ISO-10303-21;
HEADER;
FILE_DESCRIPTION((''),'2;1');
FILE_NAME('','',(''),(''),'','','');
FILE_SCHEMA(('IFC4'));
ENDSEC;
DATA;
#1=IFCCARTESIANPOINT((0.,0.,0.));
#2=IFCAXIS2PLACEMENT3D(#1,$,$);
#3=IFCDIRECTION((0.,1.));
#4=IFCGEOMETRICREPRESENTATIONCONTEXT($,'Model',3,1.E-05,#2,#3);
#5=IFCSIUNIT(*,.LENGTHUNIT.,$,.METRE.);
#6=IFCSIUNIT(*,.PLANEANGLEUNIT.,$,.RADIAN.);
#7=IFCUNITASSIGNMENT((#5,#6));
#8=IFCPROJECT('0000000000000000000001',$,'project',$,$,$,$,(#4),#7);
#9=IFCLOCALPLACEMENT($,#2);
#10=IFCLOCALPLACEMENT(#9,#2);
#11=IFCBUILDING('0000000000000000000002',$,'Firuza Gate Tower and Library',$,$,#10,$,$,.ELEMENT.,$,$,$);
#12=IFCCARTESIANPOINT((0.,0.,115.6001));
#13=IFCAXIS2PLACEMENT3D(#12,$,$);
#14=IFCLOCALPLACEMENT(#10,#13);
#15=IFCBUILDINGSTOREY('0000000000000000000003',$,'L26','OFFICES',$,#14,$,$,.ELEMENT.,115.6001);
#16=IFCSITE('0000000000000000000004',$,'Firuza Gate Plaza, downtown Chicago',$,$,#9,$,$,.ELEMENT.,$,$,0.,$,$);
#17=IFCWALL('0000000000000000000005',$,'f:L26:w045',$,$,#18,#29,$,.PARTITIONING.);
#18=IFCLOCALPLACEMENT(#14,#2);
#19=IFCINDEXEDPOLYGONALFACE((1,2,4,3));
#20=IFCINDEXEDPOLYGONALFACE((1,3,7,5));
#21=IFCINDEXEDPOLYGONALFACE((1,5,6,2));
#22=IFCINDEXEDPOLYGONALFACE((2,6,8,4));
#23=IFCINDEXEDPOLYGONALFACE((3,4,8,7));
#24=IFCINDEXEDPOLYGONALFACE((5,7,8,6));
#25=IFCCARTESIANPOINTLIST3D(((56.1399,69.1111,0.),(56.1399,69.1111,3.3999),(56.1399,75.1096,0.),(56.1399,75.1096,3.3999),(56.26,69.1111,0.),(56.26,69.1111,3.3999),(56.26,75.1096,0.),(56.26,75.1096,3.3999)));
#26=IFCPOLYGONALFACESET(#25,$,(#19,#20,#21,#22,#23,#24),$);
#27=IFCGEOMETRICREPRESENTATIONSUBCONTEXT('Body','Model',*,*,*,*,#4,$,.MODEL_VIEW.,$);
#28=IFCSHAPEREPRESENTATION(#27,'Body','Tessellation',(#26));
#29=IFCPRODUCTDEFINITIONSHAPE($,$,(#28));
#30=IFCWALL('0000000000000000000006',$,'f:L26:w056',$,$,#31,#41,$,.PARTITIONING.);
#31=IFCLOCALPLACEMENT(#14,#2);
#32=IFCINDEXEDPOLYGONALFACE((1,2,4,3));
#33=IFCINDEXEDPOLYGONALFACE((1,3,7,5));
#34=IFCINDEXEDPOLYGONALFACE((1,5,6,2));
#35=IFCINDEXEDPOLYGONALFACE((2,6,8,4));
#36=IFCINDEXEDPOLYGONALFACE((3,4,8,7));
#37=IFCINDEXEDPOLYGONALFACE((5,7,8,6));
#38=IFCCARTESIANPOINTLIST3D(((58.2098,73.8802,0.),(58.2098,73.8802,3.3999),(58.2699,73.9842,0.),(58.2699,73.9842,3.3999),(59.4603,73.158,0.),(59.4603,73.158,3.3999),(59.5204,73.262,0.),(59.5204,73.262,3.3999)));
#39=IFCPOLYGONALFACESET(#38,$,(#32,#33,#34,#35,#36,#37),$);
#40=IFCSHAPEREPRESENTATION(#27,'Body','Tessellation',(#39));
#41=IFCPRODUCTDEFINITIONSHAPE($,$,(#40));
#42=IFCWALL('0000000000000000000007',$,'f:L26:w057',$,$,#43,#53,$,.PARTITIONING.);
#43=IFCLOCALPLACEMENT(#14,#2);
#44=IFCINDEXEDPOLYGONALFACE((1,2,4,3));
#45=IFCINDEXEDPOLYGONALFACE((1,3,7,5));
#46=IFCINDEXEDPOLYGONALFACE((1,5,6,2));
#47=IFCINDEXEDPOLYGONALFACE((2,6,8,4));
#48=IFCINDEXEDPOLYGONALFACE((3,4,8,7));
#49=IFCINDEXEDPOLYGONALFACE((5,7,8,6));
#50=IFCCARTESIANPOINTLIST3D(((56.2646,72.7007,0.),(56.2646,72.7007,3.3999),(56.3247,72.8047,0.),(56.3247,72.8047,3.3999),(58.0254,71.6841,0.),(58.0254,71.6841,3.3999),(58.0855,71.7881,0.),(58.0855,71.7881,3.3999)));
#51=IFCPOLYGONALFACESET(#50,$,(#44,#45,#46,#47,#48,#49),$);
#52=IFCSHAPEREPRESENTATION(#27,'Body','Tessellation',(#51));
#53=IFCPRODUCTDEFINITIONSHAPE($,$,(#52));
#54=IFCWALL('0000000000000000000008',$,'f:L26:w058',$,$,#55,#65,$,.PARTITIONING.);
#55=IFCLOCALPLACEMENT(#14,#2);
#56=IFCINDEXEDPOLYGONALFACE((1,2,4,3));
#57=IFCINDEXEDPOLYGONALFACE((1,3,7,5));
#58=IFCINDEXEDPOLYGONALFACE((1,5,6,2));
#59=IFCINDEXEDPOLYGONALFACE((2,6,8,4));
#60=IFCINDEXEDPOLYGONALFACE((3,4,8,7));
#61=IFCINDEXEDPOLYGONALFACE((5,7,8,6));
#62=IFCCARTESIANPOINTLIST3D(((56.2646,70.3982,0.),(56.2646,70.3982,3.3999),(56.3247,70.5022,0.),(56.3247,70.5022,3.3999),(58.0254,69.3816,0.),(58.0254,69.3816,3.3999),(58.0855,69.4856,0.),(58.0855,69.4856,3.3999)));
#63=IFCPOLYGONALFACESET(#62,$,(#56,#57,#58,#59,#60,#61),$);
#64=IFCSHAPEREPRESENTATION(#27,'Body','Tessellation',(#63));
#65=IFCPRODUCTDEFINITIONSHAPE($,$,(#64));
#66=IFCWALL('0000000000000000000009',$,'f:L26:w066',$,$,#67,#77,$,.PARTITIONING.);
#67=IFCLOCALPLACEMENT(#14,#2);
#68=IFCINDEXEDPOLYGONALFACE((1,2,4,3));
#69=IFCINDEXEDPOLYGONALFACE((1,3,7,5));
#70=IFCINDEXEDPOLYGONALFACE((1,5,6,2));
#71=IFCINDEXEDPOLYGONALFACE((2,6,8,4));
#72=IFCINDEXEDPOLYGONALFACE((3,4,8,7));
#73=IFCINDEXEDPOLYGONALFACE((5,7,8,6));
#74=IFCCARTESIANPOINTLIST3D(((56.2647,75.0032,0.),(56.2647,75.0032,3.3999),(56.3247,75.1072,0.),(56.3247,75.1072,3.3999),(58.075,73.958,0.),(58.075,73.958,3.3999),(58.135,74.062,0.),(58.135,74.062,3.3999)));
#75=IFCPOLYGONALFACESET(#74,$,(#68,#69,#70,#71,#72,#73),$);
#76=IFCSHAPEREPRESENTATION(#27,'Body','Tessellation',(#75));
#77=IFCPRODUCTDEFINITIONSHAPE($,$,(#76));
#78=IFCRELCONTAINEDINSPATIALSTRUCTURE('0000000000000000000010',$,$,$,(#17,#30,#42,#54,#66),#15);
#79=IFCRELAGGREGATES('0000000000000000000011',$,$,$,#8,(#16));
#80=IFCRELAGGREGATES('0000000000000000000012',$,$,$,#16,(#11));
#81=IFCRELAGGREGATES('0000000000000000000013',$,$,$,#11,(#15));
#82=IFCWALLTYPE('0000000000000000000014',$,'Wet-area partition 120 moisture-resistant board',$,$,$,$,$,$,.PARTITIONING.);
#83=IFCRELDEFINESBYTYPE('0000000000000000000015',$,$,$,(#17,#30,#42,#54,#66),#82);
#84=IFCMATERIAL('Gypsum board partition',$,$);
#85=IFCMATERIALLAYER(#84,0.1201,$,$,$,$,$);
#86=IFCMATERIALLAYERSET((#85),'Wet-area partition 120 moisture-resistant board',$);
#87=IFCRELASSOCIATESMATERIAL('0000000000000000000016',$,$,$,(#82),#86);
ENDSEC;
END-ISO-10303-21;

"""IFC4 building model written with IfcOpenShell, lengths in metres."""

from ifc_helpers import new_model, si_unit, direction, frame, frame_2d, origin, place, context, subcontext, project, spatial, rectangle, extrude, material, layer, layer_set, type_object, element, save


model = new_model("IFC4")

# Units and contexts
model_context = context("Model", 3, precision=1e-05, world=origin(), true_north=direction((0.0, 1.0)))
body_context = subcontext(model_context, "Body", "Model", "MODEL_VIEW")
ifc_project = project(units=[si_unit("LENGTHUNIT", "METRE"), si_unit("PLANEANGLEUNIT", "RADIAN")], contexts=[model_context])

# Site, building, storey
site_placement = place(None, origin())
site = spatial("IfcSite", under=ifc_project, at=site_placement, Name="Firuza Gate Plaza, downtown Chicago", CompositionType="ELEMENT", RefElevation=0.0)
building_placement = place(site_placement, origin())
building = spatial("IfcBuilding", under=site, at=building_placement, Name="Firuza Gate Tower and Library", CompositionType="ELEMENT")
storey_placement = place(building_placement, frame((0.0, 0.0, 115.6001)))
storey = spatial("IfcBuildingStorey", under=building, at=storey_placement, Name="L26", Description="OFFICES", CompositionType="ELEMENT", Elevation=115.6001)

# Shared definitions
ifc_material_1 = material(Name="Gypsum board partition")
ifc_layer_1 = layer(ifc_material_1, 0.1201)
ifc_layer_set_1 = layer_set([ifc_layer_1], Name="Wet-area partition 120 moisture-resistant board")
wall_type_1 = type_object("IfcWallType", Name="Wet-area partition 120 moisture-resistant board", PredefinedType="PARTITIONING", material=ifc_layer_set_1)

# Walls
wall_1_placement = place(storey_placement, frame((56.2, 69.1111, 0.0), z_axis=(0.0, 0.0, 1.0), x_axis=(0.0, 1.0, 0.0)))
element("IfcWall", 1, at=wall_1_placement, inside=storey, type_object=wall_type_1, Name="f:L26:w045", PredefinedType="PARTITIONING", context=body_context, shape_type="SweptSolid", body=[
    extrude(rectangle(XDim=5.9985, YDim=0.1201, at=frame_2d((2.9993, 0.0))), origin(), (0.0, 0.0, 1.0), 3.3999),
])
wall_2_placement = place(storey_placement, frame((59.4905, 73.21, 0.0), z_axis=(0.0, 0.0, 1.0), x_axis=(-0.865966, 0.500103, 0.0)))
element("IfcWall", 2, at=wall_2_placement, inside=storey, type_object=wall_type_1, Name="f:L26:w056", PredefinedType="PARTITIONING", context=body_context, shape_type="SweptSolid", body=[
    extrude(rectangle(XDim=1.4441, YDim=0.1201, at=frame_2d((0.7222, 0.0))), origin(), (0.0, 0.0, 1.0), 3.3999),
])
for number, where, z_axis, x_axis, name in (
    (3, (58.0554, 71.7361, 0.0), (0.0, 0.0, 1.0), (-0.866018, 0.500013, 0.0), "f:L26:w057"),
    (4, (58.0554, 69.4336, 0.0), (0.0, 0.0, 1.0), (-0.866018, 0.500013, 0.0), "f:L26:w058"),
):
    element("IfcWall", number, at=place(storey_placement, frame(where, z_axis=z_axis, x_axis=x_axis)), inside=storey, type_object=wall_type_1, Name=name, PredefinedType="PARTITIONING", context=body_context, shape_type="SweptSolid", body=[
        extrude(rectangle(XDim=2.0332, YDim=0.1201, at=frame_2d((1.0166, 0.0))), origin(), (0.0, 0.0, 1.0), 3.3999),
    ])
wall_3_placement = place(storey_placement, frame((58.105, 74.01, 0.0), z_axis=(0.0, 0.0, 1.0), x_axis=(-0.866028, 0.499995, 0.0)))
element("IfcWall", 5, at=wall_3_placement, inside=storey, type_object=wall_type_1, Name="f:L26:w066", PredefinedType="PARTITIONING", context=body_context, shape_type="SweptSolid", body=[
    extrude(rectangle(XDim=2.0903, YDim=0.1201, at=frame_2d((1.0452, 0.0))), origin(), (0.0, 0.0, 1.0), 3.3999),
])

save(model, "model.ifc")
